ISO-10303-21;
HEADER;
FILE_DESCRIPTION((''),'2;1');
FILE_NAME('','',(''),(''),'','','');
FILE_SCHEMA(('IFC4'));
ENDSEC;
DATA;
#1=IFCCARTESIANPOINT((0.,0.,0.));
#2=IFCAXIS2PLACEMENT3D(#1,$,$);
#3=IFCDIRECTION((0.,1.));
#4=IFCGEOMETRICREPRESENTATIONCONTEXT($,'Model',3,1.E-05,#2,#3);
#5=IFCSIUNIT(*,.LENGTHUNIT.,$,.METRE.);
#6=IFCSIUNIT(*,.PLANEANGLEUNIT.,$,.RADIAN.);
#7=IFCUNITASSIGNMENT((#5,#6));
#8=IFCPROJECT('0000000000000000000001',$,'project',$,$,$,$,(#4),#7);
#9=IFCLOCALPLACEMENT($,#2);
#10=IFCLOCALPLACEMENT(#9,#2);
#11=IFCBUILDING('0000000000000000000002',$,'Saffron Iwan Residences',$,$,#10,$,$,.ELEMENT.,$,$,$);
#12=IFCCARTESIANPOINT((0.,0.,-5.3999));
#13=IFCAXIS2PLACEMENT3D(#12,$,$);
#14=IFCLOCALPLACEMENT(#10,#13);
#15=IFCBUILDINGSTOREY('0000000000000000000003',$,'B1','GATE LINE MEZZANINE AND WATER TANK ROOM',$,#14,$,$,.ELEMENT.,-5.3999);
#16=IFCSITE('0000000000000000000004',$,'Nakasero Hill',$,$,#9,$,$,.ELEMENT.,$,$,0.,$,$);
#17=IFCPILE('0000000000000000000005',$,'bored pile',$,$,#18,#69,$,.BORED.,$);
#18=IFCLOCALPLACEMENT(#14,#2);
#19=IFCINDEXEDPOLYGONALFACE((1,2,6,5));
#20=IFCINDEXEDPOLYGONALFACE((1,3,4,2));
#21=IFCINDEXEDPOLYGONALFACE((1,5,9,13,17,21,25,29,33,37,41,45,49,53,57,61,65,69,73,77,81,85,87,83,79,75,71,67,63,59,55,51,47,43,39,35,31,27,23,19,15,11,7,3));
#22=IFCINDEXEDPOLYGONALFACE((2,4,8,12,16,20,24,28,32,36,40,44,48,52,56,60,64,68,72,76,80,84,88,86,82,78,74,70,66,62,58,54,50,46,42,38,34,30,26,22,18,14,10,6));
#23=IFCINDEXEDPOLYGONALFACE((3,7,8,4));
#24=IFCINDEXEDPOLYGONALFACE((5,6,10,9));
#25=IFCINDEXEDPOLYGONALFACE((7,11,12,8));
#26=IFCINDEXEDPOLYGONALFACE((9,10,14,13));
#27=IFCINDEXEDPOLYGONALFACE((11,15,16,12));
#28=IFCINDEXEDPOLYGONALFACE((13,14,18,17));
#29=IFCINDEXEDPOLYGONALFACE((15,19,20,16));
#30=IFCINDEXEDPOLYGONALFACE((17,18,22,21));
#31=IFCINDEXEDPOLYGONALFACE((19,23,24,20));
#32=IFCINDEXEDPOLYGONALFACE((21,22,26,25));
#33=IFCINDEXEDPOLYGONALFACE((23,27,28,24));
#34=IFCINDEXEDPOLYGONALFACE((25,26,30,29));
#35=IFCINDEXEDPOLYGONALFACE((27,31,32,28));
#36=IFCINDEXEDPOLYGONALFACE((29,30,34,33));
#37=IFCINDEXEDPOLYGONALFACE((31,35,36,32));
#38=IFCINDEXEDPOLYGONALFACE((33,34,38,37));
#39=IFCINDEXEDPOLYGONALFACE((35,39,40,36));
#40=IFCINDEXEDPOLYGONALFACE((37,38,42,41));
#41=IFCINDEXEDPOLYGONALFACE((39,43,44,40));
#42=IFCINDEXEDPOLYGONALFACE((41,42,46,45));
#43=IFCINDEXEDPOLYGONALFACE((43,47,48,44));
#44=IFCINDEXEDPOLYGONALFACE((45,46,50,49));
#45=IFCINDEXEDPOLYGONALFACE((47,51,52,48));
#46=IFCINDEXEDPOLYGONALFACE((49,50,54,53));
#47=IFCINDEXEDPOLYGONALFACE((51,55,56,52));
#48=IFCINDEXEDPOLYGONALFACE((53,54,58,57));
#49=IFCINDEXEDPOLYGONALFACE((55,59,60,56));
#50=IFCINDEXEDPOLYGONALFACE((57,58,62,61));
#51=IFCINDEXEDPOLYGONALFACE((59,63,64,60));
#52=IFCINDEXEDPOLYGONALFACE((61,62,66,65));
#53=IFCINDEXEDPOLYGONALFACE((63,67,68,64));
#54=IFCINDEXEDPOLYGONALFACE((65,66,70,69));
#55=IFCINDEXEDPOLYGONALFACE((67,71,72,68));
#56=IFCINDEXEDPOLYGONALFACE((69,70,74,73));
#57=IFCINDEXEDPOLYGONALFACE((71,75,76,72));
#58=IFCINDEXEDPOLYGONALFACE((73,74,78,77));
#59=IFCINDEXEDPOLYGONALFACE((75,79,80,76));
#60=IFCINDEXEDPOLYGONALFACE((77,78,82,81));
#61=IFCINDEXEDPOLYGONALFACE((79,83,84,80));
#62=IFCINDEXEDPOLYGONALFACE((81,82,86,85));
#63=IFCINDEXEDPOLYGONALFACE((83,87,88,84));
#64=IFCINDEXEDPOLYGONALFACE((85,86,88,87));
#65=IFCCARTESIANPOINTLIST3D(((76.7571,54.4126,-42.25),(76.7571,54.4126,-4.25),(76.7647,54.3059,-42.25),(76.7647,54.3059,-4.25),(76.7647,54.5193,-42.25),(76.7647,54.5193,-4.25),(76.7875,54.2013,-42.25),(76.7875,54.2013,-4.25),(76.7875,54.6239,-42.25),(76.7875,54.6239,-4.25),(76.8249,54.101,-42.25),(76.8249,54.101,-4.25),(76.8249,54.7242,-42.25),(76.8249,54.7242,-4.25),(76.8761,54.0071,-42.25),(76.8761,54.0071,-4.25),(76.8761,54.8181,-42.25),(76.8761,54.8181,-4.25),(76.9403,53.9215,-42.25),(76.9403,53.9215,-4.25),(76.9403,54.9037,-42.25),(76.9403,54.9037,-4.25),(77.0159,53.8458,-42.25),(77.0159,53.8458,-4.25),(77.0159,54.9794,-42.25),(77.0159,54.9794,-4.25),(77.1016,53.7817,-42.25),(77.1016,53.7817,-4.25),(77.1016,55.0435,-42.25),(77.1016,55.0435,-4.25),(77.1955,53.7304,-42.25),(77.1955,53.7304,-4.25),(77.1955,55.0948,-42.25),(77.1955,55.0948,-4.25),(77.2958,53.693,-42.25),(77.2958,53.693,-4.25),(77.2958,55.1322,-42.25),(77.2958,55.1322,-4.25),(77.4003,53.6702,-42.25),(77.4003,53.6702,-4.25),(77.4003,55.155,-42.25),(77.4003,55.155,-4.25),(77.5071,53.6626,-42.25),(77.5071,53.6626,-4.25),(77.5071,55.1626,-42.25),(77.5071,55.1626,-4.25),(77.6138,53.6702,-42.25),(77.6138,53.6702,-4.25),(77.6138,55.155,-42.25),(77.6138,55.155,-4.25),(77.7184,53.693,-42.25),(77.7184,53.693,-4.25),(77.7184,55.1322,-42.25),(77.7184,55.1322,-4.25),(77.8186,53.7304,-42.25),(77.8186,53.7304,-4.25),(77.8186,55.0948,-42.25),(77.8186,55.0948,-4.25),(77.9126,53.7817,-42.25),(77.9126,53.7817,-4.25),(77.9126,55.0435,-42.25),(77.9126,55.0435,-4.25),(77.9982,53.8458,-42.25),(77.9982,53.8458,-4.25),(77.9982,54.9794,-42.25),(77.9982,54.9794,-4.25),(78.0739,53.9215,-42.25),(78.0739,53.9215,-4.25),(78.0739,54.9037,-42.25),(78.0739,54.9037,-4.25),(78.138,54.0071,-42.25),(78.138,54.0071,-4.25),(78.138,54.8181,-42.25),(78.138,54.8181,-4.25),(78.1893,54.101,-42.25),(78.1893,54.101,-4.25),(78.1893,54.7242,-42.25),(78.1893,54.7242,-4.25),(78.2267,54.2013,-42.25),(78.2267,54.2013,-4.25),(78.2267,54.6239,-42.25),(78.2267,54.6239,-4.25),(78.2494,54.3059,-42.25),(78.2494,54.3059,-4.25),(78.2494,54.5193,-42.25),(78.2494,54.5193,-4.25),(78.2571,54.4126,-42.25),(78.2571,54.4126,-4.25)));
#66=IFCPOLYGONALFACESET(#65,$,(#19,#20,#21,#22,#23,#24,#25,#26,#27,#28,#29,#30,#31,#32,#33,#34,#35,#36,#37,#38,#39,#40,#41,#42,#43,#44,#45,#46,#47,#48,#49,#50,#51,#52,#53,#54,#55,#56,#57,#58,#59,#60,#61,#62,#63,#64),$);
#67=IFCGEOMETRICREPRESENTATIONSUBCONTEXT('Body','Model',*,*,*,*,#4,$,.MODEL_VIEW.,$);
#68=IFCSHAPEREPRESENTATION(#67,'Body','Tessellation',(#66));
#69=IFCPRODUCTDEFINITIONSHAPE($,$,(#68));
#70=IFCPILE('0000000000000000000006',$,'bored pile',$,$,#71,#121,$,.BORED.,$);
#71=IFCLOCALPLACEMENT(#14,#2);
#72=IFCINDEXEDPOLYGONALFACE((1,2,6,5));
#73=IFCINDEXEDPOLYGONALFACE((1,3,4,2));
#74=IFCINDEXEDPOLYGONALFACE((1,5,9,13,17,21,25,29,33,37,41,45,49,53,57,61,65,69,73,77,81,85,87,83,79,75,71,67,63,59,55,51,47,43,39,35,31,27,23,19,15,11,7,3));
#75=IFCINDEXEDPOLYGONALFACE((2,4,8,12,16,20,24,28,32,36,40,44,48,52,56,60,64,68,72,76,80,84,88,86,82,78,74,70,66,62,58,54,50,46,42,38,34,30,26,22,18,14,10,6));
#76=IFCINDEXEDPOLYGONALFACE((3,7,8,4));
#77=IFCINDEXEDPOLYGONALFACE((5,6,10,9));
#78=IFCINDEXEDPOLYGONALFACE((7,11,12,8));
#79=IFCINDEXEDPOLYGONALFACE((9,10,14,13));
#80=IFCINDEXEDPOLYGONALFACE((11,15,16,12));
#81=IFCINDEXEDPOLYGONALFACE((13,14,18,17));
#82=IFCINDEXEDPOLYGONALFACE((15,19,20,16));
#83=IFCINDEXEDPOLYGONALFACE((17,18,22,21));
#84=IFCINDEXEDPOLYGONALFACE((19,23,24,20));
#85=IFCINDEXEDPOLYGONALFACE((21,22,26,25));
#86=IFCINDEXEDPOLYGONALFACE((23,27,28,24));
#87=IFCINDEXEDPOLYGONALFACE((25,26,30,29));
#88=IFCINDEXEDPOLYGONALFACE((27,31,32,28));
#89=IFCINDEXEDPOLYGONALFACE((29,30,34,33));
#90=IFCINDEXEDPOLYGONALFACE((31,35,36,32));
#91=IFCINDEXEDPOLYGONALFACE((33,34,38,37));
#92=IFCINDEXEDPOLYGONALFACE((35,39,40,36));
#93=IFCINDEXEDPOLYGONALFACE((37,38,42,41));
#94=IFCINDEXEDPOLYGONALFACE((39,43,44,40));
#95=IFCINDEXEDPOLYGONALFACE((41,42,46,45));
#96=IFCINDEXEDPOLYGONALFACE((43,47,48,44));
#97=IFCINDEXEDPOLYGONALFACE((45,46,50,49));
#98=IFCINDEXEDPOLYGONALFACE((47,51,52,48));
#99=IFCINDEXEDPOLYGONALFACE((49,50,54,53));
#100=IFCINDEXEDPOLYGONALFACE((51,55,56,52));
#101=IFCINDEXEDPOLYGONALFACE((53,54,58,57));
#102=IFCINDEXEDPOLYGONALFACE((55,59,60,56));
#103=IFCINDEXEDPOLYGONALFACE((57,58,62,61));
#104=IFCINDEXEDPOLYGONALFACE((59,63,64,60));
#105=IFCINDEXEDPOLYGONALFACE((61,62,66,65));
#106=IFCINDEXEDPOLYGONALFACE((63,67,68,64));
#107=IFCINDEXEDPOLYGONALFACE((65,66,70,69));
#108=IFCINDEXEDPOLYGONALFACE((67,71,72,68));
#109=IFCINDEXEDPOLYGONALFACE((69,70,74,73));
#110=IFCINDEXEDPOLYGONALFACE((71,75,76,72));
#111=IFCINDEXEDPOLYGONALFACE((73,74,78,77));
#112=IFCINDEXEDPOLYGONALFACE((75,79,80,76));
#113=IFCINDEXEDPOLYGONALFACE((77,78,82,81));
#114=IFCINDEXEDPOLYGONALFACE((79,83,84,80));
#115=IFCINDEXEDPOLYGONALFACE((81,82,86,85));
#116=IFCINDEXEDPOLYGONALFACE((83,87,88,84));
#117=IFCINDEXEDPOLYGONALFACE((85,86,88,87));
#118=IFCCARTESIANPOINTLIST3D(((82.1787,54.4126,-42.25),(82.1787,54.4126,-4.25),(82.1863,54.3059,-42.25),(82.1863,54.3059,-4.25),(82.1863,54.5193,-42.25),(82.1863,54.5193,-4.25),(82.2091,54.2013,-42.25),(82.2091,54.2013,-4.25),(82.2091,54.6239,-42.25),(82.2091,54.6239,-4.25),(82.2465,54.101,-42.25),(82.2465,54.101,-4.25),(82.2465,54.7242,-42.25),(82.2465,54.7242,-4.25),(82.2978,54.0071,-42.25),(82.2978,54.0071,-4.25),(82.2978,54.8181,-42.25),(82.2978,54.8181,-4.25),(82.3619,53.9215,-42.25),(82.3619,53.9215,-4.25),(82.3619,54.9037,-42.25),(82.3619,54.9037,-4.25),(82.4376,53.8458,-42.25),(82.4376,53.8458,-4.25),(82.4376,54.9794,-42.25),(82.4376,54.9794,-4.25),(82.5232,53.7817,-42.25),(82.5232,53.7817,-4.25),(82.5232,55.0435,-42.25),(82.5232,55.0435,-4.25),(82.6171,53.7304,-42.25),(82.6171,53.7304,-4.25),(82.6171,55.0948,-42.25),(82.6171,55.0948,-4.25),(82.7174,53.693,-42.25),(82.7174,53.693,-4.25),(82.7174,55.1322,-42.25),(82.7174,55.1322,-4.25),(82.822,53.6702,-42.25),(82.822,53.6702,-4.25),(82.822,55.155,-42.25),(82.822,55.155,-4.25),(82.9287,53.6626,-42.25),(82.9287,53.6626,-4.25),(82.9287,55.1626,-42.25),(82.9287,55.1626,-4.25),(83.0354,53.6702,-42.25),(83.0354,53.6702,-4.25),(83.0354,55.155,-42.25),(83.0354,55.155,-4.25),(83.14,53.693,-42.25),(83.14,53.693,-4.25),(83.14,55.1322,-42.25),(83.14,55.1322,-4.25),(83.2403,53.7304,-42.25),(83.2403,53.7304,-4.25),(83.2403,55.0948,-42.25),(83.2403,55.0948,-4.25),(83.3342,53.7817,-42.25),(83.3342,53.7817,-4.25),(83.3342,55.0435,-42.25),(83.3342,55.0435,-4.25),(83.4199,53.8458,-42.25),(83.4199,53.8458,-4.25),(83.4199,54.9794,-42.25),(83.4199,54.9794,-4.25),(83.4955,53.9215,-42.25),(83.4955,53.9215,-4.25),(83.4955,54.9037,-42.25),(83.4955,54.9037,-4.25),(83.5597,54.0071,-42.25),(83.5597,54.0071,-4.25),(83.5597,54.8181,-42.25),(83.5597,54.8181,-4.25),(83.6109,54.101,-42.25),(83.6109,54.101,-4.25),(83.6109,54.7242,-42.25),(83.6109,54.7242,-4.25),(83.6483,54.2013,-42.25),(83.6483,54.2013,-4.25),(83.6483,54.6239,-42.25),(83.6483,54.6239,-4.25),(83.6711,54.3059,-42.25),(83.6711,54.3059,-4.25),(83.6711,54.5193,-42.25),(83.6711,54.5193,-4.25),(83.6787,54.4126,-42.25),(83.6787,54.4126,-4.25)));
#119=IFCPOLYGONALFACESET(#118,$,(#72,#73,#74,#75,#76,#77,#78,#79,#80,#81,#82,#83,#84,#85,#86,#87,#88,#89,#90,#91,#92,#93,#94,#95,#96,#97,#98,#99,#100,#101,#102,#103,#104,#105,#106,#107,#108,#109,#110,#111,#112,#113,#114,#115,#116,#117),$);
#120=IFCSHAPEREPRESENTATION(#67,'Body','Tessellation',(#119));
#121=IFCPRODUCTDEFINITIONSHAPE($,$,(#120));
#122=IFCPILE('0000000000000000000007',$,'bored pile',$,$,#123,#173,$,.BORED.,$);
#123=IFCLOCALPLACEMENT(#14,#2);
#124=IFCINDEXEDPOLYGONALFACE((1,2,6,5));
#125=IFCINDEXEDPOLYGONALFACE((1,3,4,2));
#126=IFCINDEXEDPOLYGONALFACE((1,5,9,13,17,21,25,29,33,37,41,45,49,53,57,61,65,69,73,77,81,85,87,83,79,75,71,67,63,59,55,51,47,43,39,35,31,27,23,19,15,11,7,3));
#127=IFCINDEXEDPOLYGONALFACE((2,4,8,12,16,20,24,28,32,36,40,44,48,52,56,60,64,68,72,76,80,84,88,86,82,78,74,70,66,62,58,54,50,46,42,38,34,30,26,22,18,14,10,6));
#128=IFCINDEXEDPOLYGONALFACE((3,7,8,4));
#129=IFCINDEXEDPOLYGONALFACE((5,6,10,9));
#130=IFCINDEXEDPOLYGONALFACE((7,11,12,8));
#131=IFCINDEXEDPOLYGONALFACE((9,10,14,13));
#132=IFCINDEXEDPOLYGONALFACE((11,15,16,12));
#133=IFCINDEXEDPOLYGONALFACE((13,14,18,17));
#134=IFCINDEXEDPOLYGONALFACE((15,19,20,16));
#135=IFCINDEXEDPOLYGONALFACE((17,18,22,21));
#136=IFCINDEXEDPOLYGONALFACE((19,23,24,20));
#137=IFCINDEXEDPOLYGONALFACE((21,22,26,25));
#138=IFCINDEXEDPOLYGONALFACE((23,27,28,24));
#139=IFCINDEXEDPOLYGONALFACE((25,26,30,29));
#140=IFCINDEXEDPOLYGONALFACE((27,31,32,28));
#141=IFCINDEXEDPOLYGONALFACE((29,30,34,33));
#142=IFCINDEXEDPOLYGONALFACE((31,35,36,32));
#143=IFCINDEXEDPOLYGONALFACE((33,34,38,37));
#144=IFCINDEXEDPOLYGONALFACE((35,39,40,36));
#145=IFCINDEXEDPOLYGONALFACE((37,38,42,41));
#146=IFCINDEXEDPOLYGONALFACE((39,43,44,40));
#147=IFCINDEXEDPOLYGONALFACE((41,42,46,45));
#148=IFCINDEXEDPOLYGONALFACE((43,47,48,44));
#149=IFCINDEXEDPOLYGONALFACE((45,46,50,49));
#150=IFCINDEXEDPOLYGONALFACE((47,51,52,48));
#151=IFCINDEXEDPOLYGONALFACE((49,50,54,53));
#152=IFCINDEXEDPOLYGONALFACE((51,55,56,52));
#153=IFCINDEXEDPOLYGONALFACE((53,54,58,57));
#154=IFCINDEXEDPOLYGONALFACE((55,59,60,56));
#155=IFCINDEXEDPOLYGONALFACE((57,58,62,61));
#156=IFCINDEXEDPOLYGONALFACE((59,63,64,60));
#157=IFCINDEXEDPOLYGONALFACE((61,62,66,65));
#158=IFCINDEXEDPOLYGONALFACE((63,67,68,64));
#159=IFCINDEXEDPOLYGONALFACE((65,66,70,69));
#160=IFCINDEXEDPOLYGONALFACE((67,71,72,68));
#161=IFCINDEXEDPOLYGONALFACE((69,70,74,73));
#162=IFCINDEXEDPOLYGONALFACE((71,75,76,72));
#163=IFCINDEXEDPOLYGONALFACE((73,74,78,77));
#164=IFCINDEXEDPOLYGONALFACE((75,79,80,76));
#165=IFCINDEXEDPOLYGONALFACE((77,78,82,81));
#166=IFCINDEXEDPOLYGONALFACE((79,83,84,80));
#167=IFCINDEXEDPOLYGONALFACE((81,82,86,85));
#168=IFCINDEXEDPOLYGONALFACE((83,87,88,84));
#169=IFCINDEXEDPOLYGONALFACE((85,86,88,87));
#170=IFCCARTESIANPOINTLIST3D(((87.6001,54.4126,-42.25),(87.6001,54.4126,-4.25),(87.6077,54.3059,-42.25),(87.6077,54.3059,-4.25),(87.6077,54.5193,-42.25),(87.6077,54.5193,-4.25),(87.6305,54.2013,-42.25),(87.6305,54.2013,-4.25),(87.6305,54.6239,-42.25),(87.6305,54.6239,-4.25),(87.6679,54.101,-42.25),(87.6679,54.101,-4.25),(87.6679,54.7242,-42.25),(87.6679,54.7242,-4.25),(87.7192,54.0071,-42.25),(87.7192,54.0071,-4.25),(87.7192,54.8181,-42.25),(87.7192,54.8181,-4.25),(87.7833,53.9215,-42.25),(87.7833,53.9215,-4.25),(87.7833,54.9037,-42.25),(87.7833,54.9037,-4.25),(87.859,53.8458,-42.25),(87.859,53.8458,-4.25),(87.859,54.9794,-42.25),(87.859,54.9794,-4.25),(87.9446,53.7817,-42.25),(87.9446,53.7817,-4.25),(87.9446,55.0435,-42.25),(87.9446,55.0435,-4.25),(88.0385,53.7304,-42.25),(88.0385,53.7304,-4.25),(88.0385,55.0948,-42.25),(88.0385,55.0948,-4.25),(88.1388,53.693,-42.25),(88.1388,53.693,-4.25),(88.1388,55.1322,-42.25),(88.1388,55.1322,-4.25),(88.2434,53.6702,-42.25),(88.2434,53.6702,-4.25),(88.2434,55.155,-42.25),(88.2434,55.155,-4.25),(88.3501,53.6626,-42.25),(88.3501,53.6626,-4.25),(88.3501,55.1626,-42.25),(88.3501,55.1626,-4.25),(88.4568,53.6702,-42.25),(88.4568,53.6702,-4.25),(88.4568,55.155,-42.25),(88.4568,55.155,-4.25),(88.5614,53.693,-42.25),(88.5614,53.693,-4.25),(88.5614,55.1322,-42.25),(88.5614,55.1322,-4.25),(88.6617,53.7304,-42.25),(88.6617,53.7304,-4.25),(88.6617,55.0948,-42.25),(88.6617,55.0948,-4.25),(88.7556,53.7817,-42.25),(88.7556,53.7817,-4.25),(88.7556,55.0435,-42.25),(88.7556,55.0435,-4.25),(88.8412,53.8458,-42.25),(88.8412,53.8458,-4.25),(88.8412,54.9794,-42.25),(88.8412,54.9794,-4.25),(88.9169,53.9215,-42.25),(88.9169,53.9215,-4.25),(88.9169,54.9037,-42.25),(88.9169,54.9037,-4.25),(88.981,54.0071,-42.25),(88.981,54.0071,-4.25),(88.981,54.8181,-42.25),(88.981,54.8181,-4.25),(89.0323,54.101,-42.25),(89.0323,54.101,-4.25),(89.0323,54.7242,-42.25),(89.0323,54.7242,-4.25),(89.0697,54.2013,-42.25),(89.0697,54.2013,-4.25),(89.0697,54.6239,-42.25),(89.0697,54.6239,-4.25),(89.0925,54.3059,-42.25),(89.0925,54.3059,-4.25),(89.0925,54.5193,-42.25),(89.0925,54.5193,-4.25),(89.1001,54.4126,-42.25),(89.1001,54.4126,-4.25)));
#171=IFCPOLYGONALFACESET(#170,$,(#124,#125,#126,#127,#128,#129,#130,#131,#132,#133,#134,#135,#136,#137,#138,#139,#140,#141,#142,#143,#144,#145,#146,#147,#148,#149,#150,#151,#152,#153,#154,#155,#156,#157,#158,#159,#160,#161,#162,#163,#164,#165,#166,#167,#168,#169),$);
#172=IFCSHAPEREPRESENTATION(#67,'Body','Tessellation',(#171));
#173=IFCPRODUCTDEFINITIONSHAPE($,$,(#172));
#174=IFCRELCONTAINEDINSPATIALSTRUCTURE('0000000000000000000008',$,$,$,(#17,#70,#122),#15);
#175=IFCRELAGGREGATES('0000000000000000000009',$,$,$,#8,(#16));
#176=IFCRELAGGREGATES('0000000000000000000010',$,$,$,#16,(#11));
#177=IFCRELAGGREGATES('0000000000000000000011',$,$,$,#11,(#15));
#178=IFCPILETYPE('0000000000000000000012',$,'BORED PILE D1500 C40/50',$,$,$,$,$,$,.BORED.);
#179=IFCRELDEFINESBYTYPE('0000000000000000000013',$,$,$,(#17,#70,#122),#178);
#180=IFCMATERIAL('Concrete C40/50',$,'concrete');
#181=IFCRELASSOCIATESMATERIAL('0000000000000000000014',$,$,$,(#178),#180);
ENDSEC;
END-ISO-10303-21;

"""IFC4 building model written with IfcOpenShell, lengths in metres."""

from ifc_helpers import new_model, si_unit, direction, frame, origin, origin_2d, place, context, subcontext, project, spatial, circle, extrude, material, material_profile, profile_set, type_object, element, save


model = new_model("IFC4")

# Units and contexts
model_context = context("Model", 3, precision=1e-05, world=origin(), true_north=direction((0.0, 1.0)))
body_context = subcontext(model_context, "Body", "Model", "MODEL_VIEW")
ifc_project = project(units=[si_unit("LENGTHUNIT", "METRE"), si_unit("PLANEANGLEUNIT", "RADIAN")], contexts=[model_context])

# Site, building, storey
site_placement = place(None, origin())
site = spatial("IfcSite", under=ifc_project, at=site_placement, Name="Nakasero Hill", CompositionType="ELEMENT", RefElevation=0.0)
building_placement = place(site_placement, origin())
building = spatial("IfcBuilding", under=site, at=building_placement, Name="Saffron Iwan Residences", CompositionType="ELEMENT")
storey_placement = place(building_placement, frame((0.0, 0.0, -5.3999)))
storey = spatial("IfcBuildingStorey", under=building, at=storey_placement, Name="B1", Description="GATE LINE MEZZANINE AND WATER TANK ROOM", CompositionType="ELEMENT", Elevation=-5.3999)

# Piles
ifc_material_1 = material(Name="Concrete C40/50", Category="concrete")
ifc_material_profile_1 = material_profile(ifc_material_1, circle(Radius=0.75, at=origin_2d()), Name="RC D1500")
ifc_profile_set_1 = profile_set([ifc_material_profile_1], Name="Concrete C40/50")
pile_type = type_object("IfcPileType", Name="BORED PILE D1500 C40/50", PredefinedType="BORED", material=ifc_profile_set_1)
for number, where, z_axis, x_axis, name in (
    (1, (77.5071, 54.4126, -4.25), (0.0, 0.0, -1.0), (1.0, 0.0, 0.0), "bored pile"),
    (2, (82.9287, 54.4126, -4.25), (0.0, 0.0, -1.0), (1.0, 0.0, 0.0), "bored pile"),
    (3, (88.3501, 54.4126, -4.25), (0.0, 0.0, -1.0), (1.0, 0.0, 0.0), "bored pile"),
):
    element("IfcPile", number, at=place(storey_placement, frame(where, z_axis=z_axis, x_axis=x_axis)), inside=storey, type_object=pile_type, Name=name, PredefinedType="BORED", context=body_context, shape_type="SweptSolid", body=[
        extrude(circle(Radius=0.75, at=origin_2d()), origin(), (0.0, 0.0, 1.0), 38.0),
    ])

save(model, "model.ifc")
